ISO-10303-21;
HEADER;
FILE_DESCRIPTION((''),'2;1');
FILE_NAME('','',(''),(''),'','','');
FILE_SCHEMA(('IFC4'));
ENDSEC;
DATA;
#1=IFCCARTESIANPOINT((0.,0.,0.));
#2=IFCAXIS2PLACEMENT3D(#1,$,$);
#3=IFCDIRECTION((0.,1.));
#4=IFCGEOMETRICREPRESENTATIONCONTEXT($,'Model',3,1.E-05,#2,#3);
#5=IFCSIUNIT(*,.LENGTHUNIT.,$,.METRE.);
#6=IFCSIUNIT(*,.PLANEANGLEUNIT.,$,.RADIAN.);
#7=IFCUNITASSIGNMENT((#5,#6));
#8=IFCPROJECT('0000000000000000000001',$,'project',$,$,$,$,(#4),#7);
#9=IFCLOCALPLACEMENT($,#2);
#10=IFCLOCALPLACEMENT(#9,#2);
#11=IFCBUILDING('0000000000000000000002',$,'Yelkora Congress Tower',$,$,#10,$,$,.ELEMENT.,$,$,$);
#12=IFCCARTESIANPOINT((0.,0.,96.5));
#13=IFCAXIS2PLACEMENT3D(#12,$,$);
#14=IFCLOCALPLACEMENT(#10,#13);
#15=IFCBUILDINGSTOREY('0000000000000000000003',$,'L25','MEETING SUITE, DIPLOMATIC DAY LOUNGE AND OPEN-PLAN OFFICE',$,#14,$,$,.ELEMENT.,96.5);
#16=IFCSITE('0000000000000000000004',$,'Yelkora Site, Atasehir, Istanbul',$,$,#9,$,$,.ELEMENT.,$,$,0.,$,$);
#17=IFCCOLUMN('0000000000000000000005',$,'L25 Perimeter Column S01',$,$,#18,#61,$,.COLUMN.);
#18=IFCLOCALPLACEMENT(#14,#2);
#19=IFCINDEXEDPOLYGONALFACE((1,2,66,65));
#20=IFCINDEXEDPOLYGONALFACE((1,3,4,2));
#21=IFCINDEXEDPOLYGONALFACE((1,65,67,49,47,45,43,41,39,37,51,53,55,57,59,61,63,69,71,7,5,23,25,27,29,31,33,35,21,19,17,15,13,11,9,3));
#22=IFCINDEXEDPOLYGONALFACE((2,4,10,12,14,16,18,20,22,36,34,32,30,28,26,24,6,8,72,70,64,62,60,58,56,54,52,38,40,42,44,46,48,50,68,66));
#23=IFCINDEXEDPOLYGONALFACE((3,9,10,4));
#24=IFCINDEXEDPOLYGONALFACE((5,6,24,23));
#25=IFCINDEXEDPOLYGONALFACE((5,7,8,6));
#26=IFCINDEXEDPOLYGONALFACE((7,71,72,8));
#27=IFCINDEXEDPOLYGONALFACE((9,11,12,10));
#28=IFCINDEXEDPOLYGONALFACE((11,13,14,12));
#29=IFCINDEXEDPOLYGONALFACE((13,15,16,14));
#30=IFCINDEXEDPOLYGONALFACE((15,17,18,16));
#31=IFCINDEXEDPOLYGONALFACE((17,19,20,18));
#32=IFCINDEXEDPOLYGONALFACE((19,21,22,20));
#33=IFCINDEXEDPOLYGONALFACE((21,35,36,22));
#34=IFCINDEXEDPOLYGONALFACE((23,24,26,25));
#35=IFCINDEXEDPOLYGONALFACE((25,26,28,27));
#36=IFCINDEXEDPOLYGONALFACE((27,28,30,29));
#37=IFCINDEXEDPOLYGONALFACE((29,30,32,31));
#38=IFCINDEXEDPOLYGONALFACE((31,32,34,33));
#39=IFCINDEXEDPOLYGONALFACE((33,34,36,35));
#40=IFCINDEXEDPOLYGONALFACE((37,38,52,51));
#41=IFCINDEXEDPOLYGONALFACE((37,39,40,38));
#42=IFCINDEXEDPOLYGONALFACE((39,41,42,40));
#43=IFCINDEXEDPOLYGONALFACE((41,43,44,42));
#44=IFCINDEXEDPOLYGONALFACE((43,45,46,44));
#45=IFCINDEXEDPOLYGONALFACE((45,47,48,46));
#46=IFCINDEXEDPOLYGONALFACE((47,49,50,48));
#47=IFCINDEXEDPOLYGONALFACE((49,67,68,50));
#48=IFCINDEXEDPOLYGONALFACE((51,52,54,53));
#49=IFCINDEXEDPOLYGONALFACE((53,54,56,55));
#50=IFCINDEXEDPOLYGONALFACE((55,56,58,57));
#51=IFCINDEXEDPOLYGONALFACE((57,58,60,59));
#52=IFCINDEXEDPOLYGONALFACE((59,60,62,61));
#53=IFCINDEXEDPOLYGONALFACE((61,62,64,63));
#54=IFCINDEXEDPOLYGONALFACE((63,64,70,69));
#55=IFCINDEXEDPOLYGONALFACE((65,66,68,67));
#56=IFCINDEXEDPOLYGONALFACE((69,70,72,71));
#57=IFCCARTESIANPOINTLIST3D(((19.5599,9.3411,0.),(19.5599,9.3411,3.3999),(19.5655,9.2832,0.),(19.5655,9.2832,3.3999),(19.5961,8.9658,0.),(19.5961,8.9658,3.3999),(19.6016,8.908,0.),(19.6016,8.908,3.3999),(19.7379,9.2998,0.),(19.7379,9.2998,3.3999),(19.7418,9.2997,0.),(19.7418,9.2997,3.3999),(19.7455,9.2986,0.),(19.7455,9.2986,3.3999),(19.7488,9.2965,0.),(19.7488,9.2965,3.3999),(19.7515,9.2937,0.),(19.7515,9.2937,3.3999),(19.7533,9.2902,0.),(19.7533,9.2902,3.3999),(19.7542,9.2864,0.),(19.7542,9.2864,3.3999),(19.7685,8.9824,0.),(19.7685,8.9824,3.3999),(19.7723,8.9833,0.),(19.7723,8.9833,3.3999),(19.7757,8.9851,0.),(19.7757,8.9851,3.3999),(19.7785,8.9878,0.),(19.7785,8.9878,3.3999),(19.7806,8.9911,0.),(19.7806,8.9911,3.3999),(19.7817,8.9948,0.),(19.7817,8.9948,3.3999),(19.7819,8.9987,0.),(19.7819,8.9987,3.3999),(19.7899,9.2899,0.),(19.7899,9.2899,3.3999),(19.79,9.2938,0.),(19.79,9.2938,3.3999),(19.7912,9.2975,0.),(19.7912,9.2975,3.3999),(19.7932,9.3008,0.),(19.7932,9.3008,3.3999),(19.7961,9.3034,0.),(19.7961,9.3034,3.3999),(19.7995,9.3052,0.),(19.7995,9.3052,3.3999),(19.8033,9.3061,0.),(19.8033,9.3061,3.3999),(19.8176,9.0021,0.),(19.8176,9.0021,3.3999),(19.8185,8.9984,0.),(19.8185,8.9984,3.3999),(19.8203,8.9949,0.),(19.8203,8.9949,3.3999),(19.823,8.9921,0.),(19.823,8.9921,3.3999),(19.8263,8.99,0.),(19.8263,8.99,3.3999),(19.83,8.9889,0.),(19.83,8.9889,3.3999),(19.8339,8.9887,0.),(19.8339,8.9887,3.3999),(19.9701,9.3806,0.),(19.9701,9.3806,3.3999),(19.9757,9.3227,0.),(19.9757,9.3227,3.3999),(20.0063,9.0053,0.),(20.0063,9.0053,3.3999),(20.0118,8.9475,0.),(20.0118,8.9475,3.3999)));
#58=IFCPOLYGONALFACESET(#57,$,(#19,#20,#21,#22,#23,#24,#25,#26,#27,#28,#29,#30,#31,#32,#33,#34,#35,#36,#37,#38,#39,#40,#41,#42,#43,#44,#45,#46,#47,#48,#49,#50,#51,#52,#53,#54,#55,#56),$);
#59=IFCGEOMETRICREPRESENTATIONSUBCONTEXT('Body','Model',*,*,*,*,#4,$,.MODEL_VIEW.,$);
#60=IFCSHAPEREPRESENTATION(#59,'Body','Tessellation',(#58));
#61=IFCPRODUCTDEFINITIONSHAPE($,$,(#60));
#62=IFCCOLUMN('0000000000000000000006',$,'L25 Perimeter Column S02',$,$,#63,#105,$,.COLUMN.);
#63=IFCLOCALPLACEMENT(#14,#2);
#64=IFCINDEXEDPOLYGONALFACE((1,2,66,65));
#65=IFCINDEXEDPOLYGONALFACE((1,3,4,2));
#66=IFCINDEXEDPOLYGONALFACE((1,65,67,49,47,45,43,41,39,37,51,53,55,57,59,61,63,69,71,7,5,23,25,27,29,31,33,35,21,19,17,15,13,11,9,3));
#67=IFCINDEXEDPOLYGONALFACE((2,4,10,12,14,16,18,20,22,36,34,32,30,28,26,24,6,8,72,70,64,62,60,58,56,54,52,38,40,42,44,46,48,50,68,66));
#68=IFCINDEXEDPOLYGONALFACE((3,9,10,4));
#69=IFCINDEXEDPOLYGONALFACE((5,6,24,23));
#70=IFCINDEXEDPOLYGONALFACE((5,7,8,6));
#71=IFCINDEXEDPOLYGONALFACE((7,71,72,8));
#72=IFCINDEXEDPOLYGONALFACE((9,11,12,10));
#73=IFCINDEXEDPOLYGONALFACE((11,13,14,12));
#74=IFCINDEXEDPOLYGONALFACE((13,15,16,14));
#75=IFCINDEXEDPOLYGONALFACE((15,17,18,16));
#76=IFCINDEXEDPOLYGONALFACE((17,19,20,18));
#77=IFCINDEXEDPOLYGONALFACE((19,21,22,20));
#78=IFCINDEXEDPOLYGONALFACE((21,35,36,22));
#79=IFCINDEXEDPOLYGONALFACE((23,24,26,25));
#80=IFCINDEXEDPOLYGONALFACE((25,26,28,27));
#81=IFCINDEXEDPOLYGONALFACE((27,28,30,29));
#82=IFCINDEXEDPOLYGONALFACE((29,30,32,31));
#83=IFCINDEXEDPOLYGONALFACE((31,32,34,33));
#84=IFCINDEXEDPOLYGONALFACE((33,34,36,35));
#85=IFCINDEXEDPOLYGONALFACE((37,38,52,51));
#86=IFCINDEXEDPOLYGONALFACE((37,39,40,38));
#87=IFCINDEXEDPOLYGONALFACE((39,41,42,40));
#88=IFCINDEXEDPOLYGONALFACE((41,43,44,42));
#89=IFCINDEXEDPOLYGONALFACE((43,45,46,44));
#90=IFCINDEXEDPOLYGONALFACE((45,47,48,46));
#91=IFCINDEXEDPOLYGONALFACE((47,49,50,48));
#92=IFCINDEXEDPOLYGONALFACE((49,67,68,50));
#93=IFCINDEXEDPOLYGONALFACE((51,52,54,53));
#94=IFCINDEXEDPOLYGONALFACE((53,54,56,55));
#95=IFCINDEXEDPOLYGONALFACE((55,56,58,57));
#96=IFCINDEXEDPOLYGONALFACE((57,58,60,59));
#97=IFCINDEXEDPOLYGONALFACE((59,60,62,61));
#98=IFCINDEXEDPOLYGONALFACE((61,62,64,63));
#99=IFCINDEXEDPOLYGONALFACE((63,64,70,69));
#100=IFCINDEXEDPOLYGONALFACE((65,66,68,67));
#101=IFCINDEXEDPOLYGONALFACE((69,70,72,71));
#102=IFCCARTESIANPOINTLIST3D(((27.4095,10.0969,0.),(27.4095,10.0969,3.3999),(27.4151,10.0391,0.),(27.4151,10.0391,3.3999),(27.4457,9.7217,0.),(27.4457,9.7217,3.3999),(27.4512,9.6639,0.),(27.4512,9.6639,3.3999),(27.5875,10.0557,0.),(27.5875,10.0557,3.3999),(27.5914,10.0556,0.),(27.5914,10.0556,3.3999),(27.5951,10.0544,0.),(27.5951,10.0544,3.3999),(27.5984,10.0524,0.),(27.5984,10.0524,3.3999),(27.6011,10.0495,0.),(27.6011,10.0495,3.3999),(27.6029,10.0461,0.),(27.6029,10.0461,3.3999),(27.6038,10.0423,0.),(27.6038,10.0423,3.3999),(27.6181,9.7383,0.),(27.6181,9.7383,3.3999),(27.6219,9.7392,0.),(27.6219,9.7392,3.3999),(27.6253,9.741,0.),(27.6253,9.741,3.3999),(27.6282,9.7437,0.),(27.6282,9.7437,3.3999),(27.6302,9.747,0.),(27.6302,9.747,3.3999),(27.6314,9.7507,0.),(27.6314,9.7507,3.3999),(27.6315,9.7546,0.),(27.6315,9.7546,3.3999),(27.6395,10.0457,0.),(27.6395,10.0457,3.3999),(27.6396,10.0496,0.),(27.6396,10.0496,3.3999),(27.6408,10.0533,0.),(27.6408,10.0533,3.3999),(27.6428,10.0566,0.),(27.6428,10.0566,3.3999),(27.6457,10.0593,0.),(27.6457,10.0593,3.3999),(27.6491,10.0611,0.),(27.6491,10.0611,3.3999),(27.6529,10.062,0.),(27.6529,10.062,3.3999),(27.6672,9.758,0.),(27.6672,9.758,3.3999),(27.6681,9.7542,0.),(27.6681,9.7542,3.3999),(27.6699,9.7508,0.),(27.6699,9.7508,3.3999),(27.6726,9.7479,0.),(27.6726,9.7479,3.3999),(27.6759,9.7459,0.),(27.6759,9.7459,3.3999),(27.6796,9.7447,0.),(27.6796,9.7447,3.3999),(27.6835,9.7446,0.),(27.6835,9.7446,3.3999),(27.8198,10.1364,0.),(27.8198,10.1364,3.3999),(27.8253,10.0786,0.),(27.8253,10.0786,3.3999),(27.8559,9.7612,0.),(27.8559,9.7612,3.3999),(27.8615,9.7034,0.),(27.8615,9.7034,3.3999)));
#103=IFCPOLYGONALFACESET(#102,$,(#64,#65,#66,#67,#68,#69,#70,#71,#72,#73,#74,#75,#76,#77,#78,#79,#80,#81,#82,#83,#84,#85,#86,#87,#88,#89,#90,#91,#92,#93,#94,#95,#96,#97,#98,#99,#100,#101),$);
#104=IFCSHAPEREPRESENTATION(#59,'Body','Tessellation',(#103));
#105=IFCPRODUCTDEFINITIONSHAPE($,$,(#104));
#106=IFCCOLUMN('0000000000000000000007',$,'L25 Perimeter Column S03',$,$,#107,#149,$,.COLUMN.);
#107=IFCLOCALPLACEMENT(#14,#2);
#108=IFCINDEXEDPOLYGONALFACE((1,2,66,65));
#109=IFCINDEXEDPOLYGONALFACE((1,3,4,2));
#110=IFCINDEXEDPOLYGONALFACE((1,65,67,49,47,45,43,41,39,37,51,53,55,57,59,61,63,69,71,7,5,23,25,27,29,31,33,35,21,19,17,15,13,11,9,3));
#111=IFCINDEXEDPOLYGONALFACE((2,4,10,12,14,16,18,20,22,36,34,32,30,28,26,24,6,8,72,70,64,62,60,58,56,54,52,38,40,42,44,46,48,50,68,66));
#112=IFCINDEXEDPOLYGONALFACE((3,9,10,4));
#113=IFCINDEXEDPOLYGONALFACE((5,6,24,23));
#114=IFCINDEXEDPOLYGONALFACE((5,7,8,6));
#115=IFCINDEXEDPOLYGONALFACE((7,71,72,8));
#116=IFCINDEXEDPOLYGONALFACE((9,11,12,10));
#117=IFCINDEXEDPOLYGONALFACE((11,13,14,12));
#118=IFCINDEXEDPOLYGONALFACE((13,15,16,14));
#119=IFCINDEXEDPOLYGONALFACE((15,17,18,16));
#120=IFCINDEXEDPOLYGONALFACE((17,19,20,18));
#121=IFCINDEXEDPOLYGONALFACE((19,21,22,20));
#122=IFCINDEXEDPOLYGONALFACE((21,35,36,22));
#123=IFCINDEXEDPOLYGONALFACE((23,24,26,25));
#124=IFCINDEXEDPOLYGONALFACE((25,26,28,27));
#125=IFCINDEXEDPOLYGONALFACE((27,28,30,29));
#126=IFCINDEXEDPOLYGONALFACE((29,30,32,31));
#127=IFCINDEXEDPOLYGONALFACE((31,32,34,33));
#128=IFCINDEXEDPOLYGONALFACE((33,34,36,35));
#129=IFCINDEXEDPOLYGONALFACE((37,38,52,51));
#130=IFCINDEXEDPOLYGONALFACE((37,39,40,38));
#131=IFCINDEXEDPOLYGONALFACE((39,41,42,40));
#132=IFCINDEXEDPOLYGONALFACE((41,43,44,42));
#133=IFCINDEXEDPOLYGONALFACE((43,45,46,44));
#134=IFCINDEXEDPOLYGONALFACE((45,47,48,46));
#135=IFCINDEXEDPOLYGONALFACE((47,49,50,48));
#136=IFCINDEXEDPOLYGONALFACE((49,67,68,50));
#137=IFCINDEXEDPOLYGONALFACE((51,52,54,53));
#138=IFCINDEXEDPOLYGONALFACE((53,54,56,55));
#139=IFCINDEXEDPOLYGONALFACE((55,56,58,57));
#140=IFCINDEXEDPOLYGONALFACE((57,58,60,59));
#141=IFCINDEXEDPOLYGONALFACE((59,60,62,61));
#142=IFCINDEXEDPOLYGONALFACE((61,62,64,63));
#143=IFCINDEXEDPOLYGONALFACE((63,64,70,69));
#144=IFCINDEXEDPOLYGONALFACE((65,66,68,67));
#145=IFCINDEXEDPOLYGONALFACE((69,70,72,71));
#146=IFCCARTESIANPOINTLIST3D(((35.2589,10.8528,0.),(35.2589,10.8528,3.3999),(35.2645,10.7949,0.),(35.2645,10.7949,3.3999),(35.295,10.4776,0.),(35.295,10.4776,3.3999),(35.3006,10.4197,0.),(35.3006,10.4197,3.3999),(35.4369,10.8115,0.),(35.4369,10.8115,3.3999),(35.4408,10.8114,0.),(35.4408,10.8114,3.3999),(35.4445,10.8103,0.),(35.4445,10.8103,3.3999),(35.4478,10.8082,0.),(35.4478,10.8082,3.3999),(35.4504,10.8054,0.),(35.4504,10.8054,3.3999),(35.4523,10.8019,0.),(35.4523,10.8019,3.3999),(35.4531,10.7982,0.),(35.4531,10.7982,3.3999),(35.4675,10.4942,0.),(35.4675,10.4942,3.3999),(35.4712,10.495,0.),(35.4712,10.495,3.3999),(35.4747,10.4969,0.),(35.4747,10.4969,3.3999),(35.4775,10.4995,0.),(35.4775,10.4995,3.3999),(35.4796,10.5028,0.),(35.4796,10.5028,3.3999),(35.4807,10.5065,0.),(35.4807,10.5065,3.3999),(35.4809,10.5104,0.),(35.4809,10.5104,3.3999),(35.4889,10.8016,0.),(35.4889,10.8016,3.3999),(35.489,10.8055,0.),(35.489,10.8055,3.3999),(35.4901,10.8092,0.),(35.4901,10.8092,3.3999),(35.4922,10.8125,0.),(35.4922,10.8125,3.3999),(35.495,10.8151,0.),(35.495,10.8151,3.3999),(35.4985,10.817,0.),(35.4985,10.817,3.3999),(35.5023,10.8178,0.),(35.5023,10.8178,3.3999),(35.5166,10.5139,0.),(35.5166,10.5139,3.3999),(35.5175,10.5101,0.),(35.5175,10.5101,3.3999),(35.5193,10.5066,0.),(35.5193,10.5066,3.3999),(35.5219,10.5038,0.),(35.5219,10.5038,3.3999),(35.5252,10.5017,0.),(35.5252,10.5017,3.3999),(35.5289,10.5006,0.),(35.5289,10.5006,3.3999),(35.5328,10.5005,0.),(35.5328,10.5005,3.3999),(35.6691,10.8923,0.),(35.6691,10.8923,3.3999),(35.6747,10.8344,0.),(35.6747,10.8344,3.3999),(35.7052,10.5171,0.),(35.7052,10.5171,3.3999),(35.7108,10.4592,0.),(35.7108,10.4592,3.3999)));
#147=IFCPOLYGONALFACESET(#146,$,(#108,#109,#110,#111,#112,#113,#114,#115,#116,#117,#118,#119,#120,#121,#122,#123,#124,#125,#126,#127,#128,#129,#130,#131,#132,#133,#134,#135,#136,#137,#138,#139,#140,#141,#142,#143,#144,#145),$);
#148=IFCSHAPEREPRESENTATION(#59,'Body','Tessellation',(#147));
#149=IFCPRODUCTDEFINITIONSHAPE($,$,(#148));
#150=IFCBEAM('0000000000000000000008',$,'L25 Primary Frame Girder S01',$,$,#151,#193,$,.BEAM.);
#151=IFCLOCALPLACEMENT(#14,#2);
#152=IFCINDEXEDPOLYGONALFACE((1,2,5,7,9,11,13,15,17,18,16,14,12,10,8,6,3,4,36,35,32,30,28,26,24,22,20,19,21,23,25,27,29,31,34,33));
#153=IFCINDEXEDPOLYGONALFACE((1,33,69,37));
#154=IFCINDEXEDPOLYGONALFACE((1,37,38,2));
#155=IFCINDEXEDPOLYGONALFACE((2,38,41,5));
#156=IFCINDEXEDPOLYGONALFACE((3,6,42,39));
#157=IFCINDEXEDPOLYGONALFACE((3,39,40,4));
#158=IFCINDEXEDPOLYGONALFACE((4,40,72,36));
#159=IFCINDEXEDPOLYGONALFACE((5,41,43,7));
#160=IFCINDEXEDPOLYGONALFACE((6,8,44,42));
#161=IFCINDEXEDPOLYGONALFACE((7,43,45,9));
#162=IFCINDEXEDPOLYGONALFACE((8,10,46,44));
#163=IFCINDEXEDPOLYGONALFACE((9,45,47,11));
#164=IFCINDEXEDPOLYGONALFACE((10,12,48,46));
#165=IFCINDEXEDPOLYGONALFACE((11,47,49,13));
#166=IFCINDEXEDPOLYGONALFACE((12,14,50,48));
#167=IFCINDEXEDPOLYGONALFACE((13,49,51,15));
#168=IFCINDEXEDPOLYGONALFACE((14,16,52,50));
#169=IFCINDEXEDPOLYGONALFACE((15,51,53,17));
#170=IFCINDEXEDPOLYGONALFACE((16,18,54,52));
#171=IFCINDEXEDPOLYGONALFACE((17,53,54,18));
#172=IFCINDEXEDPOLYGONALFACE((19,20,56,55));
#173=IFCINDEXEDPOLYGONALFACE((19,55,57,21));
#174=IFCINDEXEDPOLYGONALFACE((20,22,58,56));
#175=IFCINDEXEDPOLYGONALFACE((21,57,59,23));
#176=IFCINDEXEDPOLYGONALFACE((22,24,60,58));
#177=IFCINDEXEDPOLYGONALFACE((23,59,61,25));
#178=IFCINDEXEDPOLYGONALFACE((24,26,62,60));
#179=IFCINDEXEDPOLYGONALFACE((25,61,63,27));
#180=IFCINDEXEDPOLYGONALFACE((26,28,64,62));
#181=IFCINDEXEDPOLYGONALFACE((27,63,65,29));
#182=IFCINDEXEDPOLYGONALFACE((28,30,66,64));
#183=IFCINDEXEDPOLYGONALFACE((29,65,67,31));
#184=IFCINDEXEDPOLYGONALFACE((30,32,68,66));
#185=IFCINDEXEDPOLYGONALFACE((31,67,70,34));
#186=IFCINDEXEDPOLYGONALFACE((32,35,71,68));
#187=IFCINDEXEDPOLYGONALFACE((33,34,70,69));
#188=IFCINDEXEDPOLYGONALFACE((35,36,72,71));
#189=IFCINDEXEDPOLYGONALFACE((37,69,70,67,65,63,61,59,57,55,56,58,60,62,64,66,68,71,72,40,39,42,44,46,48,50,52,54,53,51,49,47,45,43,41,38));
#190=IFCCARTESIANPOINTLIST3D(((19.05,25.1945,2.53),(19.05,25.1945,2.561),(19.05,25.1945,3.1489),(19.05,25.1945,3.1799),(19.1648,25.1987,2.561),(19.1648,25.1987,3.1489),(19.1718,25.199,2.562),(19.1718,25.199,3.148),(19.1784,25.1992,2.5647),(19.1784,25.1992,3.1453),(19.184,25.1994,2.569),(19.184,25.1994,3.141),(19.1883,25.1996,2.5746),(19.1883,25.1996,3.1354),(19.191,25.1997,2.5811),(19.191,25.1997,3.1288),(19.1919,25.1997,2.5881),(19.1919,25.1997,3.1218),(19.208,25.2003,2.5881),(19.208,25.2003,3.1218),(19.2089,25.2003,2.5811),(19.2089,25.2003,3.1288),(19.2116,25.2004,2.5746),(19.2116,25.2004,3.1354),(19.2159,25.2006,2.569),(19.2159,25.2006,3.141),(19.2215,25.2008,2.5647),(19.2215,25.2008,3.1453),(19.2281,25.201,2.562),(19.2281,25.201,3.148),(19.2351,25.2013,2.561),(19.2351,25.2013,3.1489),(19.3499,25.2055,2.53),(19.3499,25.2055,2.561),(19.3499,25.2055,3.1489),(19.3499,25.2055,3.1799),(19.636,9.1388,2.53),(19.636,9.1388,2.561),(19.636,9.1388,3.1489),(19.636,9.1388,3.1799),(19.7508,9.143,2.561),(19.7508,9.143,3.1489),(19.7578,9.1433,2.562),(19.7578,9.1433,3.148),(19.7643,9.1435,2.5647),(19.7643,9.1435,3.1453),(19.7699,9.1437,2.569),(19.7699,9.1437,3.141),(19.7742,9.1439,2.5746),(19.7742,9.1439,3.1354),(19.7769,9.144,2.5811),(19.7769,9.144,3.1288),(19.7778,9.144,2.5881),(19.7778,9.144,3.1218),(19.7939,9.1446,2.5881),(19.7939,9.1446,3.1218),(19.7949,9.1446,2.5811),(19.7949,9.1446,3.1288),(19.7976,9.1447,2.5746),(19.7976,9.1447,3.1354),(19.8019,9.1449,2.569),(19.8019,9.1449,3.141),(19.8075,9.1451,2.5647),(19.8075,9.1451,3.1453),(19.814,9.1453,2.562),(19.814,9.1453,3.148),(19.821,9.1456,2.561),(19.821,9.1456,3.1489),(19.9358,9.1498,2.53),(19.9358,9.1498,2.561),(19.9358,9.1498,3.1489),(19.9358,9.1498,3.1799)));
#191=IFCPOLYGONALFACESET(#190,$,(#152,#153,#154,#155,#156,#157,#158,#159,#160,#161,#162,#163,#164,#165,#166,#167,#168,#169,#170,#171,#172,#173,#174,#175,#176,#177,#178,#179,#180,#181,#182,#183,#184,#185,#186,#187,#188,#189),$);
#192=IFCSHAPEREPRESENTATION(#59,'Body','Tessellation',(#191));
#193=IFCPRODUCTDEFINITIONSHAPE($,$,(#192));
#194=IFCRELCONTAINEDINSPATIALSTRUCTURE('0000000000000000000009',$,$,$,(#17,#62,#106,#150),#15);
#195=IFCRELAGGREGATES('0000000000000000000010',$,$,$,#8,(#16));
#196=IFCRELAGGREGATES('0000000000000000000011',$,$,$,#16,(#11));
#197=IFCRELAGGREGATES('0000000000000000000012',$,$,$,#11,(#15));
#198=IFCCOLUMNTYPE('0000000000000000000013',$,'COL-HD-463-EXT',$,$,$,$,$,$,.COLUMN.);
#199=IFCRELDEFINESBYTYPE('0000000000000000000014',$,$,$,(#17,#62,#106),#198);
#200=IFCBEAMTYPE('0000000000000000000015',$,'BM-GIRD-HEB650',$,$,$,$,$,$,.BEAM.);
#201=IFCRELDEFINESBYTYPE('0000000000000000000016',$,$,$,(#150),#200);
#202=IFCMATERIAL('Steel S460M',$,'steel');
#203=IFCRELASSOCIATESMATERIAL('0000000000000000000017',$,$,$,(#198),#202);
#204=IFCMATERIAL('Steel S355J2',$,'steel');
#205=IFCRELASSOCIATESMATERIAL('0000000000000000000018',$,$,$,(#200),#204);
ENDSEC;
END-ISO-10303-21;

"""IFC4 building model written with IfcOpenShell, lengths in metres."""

from ifc_helpers import new_model, si_unit, direction, frame, origin, origin_2d, place, context, subcontext, project, spatial, i_section, extrude, material, material_profile, profile_set, type_object, element, save


model = new_model("IFC4")

# Units and contexts
model_context = context("Model", 3, precision=1e-05, world=origin(), true_north=direction((0.0, 1.0)))
body_context = subcontext(model_context, "Body", "Model", "MODEL_VIEW")
ifc_project = project(units=[si_unit("LENGTHUNIT", "METRE"), si_unit("PLANEANGLEUNIT", "RADIAN")], contexts=[model_context])

# Site, building, storey
site_placement = place(None, origin())
site = spatial("IfcSite", under=ifc_project, at=site_placement, Name="Yelkora Site, Atasehir, Istanbul", CompositionType="ELEMENT", RefElevation=0.0)
building_placement = place(site_placement, origin())
building = spatial("IfcBuilding", under=site, at=building_placement, Name="Yelkora Congress Tower", CompositionType="ELEMENT")
storey_placement = place(building_placement, frame((0.0, 0.0, 96.5)))
storey = spatial("IfcBuildingStorey", under=building, at=storey_placement, Name="L25", Description="MEETING SUITE, DIPLOMATIC DAY LOUNGE AND OPEN-PLAN OFFICE", CompositionType="ELEMENT", Elevation=96.5)

# Columns
ifc_material_1 = material(Name="Steel S460M", Category="steel")
ifc_material_profile_1 = material_profile(ifc_material_1, i_section(OverallWidth=0.4121, OverallDepth=0.4351, WebThickness=0.0359, FlangeThickness=0.0581, FilletRadius=0.0149, at=origin_2d()), Name="HD 400x463")
ifc_profile_set_1 = profile_set([ifc_material_profile_1], Name="Steel S460M")
column_type = type_object("IfcColumnType", Name="COL-HD-463-EXT", PredefinedType="COLUMN", material=ifc_profile_set_1)
for number, where, z_axis, x_axis, name in (
    (1, (19.7859, 9.1443, 0.0), (0.0, 0.0, 1.0), (0.995396, 0.095846, 0.0), "L25 Perimeter Column S01"),
    (2, (27.6355, 9.9001, 0.0), (0.0, 0.0, 1.0), (0.995396, 0.095846, 0.0), "L25 Perimeter Column S02"),
    (3, (35.4849, 10.656, 0.0), (0.0, 0.0, 1.0), (0.995396, 0.095846, 0.0), "L25 Perimeter Column S03"),
):
    element("IfcColumn", number, at=place(storey_placement, frame(where, z_axis=z_axis, x_axis=x_axis)), inside=storey, type_object=column_type, Name=name, PredefinedType="COLUMN", context=body_context, shape_type="SweptSolid", body=[
        extrude(i_section(OverallWidth=0.4121, OverallDepth=0.4351, WebThickness=0.0359, FlangeThickness=0.0581, FilletRadius=0.0149, at=origin_2d()), origin(), (0.0, 0.0, 1.0), 3.3999),
    ])

# Beam
ifc_material_2 = material(Name="Steel S355J2", Category="steel")
ifc_material_profile_2 = material_profile(ifc_material_2, i_section(OverallWidth=0.3, OverallDepth=0.6499, WebThickness=0.0161, FlangeThickness=0.031, FilletRadius=0.0271, at=origin_2d()), Name="HEB 650")
ifc_profile_set_2 = profile_set([ifc_material_profile_2], Name="Steel S355J2")
beam_type_1 = type_object("IfcBeamType", Name="BM-GIRD-HEB650", PredefinedType="BEAM", material=ifc_profile_set_2)
beam_1_placement = place(storey_placement, frame((19.7859, 9.1443, 2.855), z_axis=(-0.03647, 0.999335, 0.0), x_axis=(-0.999335, -0.03647, 0.0)))
element("IfcBeam", 4, at=beam_1_placement, inside=storey, type_object=beam_type_1, Name="L25 Primary Frame Girder S01", PredefinedType="BEAM", context=body_context, shape_type="SweptSolid", body=[
    extrude(i_section(OverallWidth=0.3, OverallDepth=0.6499, WebThickness=0.0161, FlangeThickness=0.031, FilletRadius=0.0271, at=origin_2d()), origin(), (0.0, 0.0, 1.0), 16.0664),
])

save(model, "model.ifc")
